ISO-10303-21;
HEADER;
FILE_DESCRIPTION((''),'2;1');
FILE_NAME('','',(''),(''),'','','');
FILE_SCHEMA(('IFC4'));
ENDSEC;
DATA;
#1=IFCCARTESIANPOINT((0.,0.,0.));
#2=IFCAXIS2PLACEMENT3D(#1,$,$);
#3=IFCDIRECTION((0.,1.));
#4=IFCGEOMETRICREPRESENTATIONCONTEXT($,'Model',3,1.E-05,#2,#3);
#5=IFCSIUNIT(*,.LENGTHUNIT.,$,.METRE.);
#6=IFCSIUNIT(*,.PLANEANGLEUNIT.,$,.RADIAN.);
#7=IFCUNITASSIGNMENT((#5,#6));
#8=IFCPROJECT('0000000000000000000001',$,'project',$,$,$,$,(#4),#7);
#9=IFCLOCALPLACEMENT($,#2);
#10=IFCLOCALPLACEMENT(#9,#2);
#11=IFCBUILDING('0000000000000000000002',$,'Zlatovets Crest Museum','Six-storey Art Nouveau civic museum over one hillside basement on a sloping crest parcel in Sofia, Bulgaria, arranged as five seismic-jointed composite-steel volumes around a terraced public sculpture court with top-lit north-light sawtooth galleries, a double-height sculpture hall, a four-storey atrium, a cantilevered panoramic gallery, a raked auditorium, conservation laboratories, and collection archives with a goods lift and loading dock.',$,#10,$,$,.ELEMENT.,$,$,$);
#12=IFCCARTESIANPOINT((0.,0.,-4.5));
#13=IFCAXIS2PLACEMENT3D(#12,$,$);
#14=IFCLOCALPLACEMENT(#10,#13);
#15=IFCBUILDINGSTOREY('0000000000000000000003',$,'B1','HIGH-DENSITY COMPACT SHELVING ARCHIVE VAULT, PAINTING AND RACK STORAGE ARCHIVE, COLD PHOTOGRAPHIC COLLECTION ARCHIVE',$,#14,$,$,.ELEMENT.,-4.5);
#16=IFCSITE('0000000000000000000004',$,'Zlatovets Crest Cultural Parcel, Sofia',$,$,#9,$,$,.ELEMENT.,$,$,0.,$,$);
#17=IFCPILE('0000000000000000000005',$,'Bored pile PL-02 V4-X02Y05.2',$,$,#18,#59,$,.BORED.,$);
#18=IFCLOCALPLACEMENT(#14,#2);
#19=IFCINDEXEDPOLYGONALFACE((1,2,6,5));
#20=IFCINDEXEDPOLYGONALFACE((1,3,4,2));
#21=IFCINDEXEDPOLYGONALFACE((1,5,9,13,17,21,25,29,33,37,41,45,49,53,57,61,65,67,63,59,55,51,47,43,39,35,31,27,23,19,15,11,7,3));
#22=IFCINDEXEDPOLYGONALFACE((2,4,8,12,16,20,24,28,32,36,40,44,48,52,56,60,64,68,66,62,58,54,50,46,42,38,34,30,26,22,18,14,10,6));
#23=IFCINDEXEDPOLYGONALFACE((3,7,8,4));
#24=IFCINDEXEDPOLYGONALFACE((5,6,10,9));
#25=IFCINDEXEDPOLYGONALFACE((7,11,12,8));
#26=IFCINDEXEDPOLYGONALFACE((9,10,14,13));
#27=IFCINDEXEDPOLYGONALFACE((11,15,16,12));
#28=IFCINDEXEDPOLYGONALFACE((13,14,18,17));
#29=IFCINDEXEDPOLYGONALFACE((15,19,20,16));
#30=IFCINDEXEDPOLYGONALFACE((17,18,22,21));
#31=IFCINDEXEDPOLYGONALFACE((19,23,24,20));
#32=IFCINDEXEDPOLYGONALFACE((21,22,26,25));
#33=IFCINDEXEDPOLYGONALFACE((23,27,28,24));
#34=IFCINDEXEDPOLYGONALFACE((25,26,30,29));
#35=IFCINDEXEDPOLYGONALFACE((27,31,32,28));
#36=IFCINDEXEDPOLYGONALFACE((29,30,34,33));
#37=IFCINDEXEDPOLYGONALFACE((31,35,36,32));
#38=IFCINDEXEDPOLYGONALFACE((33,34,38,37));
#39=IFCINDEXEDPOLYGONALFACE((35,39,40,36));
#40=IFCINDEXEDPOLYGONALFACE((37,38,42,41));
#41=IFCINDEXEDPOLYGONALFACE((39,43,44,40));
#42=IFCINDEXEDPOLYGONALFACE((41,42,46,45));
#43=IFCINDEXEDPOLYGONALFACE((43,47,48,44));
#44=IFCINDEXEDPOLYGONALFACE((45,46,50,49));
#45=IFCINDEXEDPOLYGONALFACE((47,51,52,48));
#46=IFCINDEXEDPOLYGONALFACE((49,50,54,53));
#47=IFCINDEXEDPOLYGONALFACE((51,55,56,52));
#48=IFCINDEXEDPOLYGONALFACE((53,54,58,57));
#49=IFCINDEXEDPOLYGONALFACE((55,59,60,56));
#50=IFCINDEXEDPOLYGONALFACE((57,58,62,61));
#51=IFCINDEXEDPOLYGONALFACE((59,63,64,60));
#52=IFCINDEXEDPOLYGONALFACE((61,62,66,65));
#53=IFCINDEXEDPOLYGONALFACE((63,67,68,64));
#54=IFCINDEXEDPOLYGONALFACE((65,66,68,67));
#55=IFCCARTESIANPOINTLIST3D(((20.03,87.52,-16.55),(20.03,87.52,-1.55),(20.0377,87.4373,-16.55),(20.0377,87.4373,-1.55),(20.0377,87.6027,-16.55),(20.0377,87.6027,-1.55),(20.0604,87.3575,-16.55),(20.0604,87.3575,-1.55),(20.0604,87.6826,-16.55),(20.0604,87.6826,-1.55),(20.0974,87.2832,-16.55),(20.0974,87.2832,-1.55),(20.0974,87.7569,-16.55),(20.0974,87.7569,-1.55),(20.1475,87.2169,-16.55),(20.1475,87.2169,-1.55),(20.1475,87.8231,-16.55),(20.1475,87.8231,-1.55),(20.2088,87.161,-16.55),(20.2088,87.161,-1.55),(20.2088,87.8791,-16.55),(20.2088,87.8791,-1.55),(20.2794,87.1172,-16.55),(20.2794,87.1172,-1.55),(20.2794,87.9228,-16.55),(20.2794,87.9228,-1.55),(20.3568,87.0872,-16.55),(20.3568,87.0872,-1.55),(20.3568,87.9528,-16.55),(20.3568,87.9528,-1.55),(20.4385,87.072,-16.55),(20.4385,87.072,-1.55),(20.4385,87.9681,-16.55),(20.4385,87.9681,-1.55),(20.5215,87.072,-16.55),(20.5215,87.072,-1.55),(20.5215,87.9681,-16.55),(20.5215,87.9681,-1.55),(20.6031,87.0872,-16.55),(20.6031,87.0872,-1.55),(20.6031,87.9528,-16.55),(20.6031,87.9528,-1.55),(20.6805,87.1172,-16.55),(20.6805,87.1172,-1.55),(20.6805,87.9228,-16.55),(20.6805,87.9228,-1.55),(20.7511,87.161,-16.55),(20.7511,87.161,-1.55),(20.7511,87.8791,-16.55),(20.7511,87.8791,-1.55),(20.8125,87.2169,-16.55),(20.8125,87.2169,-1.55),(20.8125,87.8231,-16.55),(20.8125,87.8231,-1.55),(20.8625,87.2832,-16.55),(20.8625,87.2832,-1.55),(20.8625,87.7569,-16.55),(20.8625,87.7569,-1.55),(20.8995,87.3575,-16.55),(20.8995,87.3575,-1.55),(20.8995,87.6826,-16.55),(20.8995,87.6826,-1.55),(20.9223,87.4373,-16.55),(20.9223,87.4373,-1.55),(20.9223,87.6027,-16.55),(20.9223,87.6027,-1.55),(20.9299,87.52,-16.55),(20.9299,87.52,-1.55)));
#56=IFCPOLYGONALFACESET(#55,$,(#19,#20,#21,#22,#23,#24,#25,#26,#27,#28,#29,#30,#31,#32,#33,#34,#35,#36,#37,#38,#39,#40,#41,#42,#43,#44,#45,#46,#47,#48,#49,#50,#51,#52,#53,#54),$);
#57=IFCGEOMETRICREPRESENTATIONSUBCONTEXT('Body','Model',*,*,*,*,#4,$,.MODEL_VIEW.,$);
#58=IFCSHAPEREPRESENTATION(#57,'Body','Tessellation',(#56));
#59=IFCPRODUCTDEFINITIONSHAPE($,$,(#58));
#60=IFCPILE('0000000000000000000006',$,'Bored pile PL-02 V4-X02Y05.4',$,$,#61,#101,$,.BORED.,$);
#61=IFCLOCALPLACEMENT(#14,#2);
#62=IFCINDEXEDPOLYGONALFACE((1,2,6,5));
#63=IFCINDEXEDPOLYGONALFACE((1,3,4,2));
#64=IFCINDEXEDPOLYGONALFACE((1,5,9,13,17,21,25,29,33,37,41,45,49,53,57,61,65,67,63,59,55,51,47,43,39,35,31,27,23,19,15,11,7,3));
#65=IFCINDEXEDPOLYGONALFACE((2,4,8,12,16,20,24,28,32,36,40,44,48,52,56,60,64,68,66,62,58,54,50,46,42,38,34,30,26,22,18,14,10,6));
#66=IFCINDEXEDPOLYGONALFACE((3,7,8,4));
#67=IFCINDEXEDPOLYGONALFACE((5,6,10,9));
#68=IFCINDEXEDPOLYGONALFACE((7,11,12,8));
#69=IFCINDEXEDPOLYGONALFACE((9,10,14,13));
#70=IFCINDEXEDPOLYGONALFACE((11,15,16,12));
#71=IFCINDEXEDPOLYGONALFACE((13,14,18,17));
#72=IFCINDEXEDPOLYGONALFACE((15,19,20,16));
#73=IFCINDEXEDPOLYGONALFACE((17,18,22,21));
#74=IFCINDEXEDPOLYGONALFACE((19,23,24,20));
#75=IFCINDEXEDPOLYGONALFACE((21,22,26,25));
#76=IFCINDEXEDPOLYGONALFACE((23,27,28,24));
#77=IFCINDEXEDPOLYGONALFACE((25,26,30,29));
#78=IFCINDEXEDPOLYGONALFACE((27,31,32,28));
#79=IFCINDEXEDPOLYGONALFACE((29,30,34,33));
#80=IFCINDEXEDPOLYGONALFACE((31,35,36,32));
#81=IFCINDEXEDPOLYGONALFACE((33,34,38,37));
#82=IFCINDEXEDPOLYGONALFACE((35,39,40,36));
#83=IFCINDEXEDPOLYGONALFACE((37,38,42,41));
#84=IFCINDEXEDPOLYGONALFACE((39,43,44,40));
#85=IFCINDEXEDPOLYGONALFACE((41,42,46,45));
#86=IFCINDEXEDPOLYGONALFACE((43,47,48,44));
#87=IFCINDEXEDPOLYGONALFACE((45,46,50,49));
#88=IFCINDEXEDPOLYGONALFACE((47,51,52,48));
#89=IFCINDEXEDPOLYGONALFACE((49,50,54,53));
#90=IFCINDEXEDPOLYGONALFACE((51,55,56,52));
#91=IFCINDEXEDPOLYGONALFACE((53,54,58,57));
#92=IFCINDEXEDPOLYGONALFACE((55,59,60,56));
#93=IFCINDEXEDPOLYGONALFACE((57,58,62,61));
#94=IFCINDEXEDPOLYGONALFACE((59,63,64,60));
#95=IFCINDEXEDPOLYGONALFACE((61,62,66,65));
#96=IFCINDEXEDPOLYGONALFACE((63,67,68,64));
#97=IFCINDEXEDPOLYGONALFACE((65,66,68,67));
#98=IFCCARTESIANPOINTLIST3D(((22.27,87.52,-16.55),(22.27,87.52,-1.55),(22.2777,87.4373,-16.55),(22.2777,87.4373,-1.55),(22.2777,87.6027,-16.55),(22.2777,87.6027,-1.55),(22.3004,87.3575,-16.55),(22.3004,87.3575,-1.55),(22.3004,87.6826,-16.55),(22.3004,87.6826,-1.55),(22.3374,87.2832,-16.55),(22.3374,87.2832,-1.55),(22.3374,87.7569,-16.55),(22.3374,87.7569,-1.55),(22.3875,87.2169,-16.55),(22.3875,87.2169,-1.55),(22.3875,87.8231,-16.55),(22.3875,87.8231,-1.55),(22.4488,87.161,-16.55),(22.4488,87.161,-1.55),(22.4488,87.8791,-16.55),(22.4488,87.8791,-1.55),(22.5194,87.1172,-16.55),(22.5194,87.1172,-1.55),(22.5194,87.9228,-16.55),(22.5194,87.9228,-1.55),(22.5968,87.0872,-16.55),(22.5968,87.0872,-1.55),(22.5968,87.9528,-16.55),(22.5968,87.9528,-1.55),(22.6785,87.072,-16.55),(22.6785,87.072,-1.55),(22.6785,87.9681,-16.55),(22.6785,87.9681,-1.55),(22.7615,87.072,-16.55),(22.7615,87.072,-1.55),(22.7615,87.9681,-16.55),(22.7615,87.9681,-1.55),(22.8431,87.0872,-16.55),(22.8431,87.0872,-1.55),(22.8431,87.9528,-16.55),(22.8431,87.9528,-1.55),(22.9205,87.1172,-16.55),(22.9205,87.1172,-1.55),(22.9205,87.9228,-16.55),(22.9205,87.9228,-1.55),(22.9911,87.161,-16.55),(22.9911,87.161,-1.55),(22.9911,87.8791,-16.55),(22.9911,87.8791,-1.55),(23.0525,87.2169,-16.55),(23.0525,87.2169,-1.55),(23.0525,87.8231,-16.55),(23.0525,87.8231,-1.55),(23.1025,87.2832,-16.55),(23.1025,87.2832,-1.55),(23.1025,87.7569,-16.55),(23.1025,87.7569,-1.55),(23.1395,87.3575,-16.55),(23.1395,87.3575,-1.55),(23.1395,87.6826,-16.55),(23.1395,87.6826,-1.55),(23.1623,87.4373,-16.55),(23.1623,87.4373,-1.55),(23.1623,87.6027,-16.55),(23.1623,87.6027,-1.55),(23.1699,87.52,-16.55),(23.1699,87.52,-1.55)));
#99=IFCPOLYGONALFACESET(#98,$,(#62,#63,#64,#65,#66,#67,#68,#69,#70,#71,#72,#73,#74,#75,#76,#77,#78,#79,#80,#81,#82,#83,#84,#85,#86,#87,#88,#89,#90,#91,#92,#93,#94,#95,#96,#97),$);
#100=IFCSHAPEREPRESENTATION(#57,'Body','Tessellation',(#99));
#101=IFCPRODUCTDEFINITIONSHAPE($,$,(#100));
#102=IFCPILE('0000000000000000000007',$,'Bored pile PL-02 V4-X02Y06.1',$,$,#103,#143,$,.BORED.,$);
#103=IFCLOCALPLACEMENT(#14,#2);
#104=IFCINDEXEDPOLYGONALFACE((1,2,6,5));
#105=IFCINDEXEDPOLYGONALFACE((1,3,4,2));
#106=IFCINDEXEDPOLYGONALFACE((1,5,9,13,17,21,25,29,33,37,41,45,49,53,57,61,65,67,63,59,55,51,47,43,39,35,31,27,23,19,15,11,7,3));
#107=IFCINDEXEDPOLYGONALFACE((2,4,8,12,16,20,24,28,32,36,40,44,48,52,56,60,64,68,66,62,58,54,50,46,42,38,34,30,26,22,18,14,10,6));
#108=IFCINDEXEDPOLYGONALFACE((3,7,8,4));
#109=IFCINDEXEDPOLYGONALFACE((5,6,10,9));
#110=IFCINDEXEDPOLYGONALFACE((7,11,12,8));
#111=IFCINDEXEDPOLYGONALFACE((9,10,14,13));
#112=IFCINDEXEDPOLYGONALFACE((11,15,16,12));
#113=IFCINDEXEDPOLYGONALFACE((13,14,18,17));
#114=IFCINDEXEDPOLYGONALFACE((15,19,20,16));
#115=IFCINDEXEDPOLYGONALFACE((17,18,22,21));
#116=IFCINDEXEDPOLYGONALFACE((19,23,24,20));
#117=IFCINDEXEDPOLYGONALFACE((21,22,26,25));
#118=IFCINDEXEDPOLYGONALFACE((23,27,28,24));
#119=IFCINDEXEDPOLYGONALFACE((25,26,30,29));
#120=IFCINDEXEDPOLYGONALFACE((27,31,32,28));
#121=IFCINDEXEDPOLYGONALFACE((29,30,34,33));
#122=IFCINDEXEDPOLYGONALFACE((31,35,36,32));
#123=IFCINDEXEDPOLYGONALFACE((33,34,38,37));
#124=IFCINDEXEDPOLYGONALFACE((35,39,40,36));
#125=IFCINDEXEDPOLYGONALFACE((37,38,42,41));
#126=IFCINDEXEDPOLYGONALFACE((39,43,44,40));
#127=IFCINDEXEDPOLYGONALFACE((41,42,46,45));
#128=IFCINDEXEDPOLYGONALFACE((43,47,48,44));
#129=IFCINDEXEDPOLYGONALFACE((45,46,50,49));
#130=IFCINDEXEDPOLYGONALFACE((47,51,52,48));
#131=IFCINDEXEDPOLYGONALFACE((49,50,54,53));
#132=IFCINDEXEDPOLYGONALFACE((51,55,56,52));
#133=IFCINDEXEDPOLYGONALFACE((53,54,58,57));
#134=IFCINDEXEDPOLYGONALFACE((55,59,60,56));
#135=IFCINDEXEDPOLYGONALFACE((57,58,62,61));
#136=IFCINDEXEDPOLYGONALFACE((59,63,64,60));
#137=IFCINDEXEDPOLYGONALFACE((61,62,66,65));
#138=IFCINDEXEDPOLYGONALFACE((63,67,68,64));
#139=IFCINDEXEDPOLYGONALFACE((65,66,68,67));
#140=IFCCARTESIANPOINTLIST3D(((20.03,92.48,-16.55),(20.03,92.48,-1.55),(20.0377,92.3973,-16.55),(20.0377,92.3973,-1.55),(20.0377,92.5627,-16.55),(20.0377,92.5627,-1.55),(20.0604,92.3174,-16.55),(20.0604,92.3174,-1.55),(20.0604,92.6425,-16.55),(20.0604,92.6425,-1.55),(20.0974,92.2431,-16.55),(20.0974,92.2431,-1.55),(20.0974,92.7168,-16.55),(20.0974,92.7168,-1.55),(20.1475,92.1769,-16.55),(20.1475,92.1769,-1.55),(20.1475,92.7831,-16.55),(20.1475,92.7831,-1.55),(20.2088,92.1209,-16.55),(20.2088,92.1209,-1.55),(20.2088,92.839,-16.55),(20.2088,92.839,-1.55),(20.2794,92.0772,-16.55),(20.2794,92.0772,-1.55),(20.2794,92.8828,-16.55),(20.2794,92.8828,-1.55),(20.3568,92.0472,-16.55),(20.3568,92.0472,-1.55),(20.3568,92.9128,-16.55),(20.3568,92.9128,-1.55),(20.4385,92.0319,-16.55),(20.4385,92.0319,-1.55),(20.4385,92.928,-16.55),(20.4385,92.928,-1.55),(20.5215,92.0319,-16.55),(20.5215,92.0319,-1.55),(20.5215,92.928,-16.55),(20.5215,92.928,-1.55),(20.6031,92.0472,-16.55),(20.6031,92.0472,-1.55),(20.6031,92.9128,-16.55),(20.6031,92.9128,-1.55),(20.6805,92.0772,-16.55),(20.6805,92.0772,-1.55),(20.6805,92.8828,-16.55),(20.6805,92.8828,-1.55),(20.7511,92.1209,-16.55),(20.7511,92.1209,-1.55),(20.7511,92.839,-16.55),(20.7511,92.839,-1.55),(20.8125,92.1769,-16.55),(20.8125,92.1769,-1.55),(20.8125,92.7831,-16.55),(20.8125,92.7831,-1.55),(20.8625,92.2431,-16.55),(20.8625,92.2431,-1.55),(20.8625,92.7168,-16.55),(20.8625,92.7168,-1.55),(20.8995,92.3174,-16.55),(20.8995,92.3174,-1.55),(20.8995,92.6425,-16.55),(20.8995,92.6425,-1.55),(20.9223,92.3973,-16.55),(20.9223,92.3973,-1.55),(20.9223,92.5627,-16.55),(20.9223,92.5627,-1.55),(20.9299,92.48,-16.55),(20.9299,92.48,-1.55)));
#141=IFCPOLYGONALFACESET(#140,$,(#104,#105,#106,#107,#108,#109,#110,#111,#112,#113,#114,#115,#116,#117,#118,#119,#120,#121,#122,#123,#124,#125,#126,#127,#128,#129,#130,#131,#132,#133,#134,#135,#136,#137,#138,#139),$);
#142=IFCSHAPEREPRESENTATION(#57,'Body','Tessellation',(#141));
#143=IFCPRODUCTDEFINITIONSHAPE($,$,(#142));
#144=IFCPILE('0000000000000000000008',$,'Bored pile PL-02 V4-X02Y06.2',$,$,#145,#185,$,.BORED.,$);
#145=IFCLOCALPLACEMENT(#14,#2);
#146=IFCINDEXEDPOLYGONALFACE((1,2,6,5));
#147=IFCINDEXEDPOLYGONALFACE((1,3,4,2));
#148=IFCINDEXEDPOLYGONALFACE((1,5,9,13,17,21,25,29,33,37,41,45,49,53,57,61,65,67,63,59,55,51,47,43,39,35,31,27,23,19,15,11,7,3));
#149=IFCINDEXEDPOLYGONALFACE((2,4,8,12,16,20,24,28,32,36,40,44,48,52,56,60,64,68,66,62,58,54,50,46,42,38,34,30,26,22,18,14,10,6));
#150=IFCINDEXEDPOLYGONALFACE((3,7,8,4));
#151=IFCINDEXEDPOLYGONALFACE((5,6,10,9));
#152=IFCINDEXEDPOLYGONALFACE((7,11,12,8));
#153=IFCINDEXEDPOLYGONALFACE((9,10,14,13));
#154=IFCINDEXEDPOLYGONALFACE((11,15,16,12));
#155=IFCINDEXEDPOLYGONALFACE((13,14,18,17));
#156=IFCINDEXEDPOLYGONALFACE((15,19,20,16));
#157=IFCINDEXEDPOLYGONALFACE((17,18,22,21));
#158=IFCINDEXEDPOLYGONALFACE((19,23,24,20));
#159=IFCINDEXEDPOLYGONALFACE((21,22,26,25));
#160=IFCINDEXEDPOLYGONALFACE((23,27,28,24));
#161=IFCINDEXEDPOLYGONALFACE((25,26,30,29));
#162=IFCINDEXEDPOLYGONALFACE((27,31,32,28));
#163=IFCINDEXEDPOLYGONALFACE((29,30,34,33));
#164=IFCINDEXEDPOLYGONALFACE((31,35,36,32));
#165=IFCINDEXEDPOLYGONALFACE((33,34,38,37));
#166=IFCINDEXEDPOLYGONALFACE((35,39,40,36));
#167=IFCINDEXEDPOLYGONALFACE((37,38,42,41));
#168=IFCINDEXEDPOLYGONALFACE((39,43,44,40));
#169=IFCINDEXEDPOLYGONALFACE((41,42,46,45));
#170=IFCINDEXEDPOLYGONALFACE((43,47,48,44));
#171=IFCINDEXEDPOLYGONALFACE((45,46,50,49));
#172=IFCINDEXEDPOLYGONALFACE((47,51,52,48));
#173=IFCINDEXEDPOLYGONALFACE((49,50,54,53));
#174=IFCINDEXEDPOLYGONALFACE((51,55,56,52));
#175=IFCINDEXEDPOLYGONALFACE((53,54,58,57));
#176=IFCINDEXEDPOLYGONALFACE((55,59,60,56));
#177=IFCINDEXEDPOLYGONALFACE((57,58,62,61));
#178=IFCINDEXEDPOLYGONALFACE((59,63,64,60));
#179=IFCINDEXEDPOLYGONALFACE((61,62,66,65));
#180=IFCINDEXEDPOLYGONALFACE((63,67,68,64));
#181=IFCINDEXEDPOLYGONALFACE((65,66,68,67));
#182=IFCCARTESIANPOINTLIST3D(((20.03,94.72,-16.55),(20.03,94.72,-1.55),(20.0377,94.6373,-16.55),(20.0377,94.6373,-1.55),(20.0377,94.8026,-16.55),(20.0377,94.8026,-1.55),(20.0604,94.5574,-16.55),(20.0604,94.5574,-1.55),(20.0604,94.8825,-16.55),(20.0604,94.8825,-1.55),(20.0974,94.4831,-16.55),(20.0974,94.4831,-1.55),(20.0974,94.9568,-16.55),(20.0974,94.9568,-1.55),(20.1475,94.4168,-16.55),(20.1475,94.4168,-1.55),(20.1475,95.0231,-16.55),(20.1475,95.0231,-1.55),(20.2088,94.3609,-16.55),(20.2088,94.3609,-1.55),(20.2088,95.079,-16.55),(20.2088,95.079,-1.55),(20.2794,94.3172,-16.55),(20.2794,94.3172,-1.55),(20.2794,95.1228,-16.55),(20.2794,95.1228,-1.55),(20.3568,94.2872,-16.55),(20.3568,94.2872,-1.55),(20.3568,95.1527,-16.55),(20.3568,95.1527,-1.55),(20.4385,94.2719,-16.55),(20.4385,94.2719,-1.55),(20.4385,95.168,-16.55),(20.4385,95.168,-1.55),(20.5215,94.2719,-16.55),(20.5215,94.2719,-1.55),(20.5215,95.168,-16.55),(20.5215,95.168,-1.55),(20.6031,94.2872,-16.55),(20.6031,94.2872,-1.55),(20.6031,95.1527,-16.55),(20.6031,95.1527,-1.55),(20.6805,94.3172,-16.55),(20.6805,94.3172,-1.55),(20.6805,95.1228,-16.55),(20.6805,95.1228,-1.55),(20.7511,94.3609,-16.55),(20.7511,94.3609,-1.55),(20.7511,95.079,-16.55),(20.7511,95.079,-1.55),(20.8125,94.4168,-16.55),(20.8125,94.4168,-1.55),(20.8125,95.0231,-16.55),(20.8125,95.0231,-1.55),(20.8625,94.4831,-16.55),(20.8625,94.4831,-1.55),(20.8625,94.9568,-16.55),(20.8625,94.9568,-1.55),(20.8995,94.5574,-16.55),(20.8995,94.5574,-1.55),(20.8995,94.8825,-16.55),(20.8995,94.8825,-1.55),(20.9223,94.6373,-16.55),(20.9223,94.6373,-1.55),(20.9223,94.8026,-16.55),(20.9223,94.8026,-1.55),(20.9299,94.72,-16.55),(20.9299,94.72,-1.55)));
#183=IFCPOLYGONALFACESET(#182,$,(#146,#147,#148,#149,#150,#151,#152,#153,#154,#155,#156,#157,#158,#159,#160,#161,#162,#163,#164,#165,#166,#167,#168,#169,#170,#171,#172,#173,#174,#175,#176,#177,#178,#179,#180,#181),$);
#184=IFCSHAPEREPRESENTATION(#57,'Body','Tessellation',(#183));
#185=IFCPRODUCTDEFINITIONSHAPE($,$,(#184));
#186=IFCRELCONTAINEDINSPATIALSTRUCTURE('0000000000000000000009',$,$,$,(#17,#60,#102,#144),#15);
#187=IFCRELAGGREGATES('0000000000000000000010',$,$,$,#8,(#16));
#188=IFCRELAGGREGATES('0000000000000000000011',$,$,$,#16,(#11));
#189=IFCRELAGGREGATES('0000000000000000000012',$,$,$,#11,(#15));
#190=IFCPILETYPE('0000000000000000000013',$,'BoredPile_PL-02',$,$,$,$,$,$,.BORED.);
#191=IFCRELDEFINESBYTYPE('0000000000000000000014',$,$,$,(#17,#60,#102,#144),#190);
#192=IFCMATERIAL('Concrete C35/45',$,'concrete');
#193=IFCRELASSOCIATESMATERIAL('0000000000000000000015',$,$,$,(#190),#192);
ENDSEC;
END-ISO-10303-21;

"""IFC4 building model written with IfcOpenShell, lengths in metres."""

from ifc_helpers import new_model, si_unit, direction, frame, origin, origin_2d, place, context, subcontext, project, spatial, circle, extrude, material, material_profile, profile_set, type_object, element, save


model = new_model("IFC4")

# Units and contexts
model_context = context("Model", 3, precision=1e-05, world=origin(), true_north=direction((0.0, 1.0)))
body_context = subcontext(model_context, "Body", "Model", "MODEL_VIEW")
ifc_project = project(units=[si_unit("LENGTHUNIT", "METRE"), si_unit("PLANEANGLEUNIT", "RADIAN")], contexts=[model_context])

# Site, building, storey
site_placement = place(None, origin())
site = spatial("IfcSite", under=ifc_project, at=site_placement, Name="Zlatovets Crest Cultural Parcel, Sofia", CompositionType="ELEMENT", RefElevation=0.0)
building_placement = place(site_placement, origin())
building = spatial("IfcBuilding", under=site, at=building_placement, Name="Zlatovets Crest Museum", Description="Six-storey Art Nouveau civic museum over one hillside basement on a sloping crest parcel in Sofia, Bulgaria, arranged as five seismic-jointed composite-steel volumes around a terraced public sculpture court with top-lit north-light sawtooth galleries, a double-height sculpture hall, a four-storey atrium, a cantilevered panoramic gallery, a raked auditorium, conservation laboratories, and collection archives with a goods lift and loading dock.", CompositionType="ELEMENT")
storey_placement = place(building_placement, frame((0.0, 0.0, -4.5)))
storey = spatial("IfcBuildingStorey", under=building, at=storey_placement, Name="B1", Description="HIGH-DENSITY COMPACT SHELVING ARCHIVE VAULT, PAINTING AND RACK STORAGE ARCHIVE, COLD PHOTOGRAPHIC COLLECTION ARCHIVE", CompositionType="ELEMENT", Elevation=-4.5)

# Piles
ifc_material = material(Name="Concrete C35/45", Category="concrete")
ifc_material_profile_1 = material_profile(ifc_material, circle(Radius=0.45, at=origin_2d()), Name="PILE D900")
ifc_profile_set_1 = profile_set([ifc_material_profile_1], Name="Concrete C35/45")
pile_type = type_object("IfcPileType", Name="BoredPile_PL-02", PredefinedType="BORED", material=ifc_profile_set_1)
for number, where, z_axis, x_axis, name in (
    (1, (20.48, 87.52, -1.55), (0.0, 0.0, -1.0), (1.0, 0.0, 0.0), "Bored pile PL-02 V4-X02Y05.2"),
    (2, (22.72, 87.52, -1.55), (0.0, 0.0, -1.0), (1.0, 0.0, 0.0), "Bored pile PL-02 V4-X02Y05.4"),
    (3, (20.48, 92.48, -1.55), (0.0, 0.0, -1.0), (1.0, 0.0, 0.0), "Bored pile PL-02 V4-X02Y06.1"),
    (4, (20.48, 94.72, -1.55), (0.0, 0.0, -1.0), (1.0, 0.0, 0.0), "Bored pile PL-02 V4-X02Y06.2"),
):
    element("IfcPile", number, at=place(storey_placement, frame(where, z_axis=z_axis, x_axis=x_axis)), inside=storey, type_object=pile_type, Name=name, PredefinedType="BORED", context=body_context, shape_type="SweptSolid", body=[
        extrude(circle(Radius=0.45, at=origin_2d()), origin(), (0.0, 0.0, 1.0), 15.0),
    ])

save(model, "model.ifc")
